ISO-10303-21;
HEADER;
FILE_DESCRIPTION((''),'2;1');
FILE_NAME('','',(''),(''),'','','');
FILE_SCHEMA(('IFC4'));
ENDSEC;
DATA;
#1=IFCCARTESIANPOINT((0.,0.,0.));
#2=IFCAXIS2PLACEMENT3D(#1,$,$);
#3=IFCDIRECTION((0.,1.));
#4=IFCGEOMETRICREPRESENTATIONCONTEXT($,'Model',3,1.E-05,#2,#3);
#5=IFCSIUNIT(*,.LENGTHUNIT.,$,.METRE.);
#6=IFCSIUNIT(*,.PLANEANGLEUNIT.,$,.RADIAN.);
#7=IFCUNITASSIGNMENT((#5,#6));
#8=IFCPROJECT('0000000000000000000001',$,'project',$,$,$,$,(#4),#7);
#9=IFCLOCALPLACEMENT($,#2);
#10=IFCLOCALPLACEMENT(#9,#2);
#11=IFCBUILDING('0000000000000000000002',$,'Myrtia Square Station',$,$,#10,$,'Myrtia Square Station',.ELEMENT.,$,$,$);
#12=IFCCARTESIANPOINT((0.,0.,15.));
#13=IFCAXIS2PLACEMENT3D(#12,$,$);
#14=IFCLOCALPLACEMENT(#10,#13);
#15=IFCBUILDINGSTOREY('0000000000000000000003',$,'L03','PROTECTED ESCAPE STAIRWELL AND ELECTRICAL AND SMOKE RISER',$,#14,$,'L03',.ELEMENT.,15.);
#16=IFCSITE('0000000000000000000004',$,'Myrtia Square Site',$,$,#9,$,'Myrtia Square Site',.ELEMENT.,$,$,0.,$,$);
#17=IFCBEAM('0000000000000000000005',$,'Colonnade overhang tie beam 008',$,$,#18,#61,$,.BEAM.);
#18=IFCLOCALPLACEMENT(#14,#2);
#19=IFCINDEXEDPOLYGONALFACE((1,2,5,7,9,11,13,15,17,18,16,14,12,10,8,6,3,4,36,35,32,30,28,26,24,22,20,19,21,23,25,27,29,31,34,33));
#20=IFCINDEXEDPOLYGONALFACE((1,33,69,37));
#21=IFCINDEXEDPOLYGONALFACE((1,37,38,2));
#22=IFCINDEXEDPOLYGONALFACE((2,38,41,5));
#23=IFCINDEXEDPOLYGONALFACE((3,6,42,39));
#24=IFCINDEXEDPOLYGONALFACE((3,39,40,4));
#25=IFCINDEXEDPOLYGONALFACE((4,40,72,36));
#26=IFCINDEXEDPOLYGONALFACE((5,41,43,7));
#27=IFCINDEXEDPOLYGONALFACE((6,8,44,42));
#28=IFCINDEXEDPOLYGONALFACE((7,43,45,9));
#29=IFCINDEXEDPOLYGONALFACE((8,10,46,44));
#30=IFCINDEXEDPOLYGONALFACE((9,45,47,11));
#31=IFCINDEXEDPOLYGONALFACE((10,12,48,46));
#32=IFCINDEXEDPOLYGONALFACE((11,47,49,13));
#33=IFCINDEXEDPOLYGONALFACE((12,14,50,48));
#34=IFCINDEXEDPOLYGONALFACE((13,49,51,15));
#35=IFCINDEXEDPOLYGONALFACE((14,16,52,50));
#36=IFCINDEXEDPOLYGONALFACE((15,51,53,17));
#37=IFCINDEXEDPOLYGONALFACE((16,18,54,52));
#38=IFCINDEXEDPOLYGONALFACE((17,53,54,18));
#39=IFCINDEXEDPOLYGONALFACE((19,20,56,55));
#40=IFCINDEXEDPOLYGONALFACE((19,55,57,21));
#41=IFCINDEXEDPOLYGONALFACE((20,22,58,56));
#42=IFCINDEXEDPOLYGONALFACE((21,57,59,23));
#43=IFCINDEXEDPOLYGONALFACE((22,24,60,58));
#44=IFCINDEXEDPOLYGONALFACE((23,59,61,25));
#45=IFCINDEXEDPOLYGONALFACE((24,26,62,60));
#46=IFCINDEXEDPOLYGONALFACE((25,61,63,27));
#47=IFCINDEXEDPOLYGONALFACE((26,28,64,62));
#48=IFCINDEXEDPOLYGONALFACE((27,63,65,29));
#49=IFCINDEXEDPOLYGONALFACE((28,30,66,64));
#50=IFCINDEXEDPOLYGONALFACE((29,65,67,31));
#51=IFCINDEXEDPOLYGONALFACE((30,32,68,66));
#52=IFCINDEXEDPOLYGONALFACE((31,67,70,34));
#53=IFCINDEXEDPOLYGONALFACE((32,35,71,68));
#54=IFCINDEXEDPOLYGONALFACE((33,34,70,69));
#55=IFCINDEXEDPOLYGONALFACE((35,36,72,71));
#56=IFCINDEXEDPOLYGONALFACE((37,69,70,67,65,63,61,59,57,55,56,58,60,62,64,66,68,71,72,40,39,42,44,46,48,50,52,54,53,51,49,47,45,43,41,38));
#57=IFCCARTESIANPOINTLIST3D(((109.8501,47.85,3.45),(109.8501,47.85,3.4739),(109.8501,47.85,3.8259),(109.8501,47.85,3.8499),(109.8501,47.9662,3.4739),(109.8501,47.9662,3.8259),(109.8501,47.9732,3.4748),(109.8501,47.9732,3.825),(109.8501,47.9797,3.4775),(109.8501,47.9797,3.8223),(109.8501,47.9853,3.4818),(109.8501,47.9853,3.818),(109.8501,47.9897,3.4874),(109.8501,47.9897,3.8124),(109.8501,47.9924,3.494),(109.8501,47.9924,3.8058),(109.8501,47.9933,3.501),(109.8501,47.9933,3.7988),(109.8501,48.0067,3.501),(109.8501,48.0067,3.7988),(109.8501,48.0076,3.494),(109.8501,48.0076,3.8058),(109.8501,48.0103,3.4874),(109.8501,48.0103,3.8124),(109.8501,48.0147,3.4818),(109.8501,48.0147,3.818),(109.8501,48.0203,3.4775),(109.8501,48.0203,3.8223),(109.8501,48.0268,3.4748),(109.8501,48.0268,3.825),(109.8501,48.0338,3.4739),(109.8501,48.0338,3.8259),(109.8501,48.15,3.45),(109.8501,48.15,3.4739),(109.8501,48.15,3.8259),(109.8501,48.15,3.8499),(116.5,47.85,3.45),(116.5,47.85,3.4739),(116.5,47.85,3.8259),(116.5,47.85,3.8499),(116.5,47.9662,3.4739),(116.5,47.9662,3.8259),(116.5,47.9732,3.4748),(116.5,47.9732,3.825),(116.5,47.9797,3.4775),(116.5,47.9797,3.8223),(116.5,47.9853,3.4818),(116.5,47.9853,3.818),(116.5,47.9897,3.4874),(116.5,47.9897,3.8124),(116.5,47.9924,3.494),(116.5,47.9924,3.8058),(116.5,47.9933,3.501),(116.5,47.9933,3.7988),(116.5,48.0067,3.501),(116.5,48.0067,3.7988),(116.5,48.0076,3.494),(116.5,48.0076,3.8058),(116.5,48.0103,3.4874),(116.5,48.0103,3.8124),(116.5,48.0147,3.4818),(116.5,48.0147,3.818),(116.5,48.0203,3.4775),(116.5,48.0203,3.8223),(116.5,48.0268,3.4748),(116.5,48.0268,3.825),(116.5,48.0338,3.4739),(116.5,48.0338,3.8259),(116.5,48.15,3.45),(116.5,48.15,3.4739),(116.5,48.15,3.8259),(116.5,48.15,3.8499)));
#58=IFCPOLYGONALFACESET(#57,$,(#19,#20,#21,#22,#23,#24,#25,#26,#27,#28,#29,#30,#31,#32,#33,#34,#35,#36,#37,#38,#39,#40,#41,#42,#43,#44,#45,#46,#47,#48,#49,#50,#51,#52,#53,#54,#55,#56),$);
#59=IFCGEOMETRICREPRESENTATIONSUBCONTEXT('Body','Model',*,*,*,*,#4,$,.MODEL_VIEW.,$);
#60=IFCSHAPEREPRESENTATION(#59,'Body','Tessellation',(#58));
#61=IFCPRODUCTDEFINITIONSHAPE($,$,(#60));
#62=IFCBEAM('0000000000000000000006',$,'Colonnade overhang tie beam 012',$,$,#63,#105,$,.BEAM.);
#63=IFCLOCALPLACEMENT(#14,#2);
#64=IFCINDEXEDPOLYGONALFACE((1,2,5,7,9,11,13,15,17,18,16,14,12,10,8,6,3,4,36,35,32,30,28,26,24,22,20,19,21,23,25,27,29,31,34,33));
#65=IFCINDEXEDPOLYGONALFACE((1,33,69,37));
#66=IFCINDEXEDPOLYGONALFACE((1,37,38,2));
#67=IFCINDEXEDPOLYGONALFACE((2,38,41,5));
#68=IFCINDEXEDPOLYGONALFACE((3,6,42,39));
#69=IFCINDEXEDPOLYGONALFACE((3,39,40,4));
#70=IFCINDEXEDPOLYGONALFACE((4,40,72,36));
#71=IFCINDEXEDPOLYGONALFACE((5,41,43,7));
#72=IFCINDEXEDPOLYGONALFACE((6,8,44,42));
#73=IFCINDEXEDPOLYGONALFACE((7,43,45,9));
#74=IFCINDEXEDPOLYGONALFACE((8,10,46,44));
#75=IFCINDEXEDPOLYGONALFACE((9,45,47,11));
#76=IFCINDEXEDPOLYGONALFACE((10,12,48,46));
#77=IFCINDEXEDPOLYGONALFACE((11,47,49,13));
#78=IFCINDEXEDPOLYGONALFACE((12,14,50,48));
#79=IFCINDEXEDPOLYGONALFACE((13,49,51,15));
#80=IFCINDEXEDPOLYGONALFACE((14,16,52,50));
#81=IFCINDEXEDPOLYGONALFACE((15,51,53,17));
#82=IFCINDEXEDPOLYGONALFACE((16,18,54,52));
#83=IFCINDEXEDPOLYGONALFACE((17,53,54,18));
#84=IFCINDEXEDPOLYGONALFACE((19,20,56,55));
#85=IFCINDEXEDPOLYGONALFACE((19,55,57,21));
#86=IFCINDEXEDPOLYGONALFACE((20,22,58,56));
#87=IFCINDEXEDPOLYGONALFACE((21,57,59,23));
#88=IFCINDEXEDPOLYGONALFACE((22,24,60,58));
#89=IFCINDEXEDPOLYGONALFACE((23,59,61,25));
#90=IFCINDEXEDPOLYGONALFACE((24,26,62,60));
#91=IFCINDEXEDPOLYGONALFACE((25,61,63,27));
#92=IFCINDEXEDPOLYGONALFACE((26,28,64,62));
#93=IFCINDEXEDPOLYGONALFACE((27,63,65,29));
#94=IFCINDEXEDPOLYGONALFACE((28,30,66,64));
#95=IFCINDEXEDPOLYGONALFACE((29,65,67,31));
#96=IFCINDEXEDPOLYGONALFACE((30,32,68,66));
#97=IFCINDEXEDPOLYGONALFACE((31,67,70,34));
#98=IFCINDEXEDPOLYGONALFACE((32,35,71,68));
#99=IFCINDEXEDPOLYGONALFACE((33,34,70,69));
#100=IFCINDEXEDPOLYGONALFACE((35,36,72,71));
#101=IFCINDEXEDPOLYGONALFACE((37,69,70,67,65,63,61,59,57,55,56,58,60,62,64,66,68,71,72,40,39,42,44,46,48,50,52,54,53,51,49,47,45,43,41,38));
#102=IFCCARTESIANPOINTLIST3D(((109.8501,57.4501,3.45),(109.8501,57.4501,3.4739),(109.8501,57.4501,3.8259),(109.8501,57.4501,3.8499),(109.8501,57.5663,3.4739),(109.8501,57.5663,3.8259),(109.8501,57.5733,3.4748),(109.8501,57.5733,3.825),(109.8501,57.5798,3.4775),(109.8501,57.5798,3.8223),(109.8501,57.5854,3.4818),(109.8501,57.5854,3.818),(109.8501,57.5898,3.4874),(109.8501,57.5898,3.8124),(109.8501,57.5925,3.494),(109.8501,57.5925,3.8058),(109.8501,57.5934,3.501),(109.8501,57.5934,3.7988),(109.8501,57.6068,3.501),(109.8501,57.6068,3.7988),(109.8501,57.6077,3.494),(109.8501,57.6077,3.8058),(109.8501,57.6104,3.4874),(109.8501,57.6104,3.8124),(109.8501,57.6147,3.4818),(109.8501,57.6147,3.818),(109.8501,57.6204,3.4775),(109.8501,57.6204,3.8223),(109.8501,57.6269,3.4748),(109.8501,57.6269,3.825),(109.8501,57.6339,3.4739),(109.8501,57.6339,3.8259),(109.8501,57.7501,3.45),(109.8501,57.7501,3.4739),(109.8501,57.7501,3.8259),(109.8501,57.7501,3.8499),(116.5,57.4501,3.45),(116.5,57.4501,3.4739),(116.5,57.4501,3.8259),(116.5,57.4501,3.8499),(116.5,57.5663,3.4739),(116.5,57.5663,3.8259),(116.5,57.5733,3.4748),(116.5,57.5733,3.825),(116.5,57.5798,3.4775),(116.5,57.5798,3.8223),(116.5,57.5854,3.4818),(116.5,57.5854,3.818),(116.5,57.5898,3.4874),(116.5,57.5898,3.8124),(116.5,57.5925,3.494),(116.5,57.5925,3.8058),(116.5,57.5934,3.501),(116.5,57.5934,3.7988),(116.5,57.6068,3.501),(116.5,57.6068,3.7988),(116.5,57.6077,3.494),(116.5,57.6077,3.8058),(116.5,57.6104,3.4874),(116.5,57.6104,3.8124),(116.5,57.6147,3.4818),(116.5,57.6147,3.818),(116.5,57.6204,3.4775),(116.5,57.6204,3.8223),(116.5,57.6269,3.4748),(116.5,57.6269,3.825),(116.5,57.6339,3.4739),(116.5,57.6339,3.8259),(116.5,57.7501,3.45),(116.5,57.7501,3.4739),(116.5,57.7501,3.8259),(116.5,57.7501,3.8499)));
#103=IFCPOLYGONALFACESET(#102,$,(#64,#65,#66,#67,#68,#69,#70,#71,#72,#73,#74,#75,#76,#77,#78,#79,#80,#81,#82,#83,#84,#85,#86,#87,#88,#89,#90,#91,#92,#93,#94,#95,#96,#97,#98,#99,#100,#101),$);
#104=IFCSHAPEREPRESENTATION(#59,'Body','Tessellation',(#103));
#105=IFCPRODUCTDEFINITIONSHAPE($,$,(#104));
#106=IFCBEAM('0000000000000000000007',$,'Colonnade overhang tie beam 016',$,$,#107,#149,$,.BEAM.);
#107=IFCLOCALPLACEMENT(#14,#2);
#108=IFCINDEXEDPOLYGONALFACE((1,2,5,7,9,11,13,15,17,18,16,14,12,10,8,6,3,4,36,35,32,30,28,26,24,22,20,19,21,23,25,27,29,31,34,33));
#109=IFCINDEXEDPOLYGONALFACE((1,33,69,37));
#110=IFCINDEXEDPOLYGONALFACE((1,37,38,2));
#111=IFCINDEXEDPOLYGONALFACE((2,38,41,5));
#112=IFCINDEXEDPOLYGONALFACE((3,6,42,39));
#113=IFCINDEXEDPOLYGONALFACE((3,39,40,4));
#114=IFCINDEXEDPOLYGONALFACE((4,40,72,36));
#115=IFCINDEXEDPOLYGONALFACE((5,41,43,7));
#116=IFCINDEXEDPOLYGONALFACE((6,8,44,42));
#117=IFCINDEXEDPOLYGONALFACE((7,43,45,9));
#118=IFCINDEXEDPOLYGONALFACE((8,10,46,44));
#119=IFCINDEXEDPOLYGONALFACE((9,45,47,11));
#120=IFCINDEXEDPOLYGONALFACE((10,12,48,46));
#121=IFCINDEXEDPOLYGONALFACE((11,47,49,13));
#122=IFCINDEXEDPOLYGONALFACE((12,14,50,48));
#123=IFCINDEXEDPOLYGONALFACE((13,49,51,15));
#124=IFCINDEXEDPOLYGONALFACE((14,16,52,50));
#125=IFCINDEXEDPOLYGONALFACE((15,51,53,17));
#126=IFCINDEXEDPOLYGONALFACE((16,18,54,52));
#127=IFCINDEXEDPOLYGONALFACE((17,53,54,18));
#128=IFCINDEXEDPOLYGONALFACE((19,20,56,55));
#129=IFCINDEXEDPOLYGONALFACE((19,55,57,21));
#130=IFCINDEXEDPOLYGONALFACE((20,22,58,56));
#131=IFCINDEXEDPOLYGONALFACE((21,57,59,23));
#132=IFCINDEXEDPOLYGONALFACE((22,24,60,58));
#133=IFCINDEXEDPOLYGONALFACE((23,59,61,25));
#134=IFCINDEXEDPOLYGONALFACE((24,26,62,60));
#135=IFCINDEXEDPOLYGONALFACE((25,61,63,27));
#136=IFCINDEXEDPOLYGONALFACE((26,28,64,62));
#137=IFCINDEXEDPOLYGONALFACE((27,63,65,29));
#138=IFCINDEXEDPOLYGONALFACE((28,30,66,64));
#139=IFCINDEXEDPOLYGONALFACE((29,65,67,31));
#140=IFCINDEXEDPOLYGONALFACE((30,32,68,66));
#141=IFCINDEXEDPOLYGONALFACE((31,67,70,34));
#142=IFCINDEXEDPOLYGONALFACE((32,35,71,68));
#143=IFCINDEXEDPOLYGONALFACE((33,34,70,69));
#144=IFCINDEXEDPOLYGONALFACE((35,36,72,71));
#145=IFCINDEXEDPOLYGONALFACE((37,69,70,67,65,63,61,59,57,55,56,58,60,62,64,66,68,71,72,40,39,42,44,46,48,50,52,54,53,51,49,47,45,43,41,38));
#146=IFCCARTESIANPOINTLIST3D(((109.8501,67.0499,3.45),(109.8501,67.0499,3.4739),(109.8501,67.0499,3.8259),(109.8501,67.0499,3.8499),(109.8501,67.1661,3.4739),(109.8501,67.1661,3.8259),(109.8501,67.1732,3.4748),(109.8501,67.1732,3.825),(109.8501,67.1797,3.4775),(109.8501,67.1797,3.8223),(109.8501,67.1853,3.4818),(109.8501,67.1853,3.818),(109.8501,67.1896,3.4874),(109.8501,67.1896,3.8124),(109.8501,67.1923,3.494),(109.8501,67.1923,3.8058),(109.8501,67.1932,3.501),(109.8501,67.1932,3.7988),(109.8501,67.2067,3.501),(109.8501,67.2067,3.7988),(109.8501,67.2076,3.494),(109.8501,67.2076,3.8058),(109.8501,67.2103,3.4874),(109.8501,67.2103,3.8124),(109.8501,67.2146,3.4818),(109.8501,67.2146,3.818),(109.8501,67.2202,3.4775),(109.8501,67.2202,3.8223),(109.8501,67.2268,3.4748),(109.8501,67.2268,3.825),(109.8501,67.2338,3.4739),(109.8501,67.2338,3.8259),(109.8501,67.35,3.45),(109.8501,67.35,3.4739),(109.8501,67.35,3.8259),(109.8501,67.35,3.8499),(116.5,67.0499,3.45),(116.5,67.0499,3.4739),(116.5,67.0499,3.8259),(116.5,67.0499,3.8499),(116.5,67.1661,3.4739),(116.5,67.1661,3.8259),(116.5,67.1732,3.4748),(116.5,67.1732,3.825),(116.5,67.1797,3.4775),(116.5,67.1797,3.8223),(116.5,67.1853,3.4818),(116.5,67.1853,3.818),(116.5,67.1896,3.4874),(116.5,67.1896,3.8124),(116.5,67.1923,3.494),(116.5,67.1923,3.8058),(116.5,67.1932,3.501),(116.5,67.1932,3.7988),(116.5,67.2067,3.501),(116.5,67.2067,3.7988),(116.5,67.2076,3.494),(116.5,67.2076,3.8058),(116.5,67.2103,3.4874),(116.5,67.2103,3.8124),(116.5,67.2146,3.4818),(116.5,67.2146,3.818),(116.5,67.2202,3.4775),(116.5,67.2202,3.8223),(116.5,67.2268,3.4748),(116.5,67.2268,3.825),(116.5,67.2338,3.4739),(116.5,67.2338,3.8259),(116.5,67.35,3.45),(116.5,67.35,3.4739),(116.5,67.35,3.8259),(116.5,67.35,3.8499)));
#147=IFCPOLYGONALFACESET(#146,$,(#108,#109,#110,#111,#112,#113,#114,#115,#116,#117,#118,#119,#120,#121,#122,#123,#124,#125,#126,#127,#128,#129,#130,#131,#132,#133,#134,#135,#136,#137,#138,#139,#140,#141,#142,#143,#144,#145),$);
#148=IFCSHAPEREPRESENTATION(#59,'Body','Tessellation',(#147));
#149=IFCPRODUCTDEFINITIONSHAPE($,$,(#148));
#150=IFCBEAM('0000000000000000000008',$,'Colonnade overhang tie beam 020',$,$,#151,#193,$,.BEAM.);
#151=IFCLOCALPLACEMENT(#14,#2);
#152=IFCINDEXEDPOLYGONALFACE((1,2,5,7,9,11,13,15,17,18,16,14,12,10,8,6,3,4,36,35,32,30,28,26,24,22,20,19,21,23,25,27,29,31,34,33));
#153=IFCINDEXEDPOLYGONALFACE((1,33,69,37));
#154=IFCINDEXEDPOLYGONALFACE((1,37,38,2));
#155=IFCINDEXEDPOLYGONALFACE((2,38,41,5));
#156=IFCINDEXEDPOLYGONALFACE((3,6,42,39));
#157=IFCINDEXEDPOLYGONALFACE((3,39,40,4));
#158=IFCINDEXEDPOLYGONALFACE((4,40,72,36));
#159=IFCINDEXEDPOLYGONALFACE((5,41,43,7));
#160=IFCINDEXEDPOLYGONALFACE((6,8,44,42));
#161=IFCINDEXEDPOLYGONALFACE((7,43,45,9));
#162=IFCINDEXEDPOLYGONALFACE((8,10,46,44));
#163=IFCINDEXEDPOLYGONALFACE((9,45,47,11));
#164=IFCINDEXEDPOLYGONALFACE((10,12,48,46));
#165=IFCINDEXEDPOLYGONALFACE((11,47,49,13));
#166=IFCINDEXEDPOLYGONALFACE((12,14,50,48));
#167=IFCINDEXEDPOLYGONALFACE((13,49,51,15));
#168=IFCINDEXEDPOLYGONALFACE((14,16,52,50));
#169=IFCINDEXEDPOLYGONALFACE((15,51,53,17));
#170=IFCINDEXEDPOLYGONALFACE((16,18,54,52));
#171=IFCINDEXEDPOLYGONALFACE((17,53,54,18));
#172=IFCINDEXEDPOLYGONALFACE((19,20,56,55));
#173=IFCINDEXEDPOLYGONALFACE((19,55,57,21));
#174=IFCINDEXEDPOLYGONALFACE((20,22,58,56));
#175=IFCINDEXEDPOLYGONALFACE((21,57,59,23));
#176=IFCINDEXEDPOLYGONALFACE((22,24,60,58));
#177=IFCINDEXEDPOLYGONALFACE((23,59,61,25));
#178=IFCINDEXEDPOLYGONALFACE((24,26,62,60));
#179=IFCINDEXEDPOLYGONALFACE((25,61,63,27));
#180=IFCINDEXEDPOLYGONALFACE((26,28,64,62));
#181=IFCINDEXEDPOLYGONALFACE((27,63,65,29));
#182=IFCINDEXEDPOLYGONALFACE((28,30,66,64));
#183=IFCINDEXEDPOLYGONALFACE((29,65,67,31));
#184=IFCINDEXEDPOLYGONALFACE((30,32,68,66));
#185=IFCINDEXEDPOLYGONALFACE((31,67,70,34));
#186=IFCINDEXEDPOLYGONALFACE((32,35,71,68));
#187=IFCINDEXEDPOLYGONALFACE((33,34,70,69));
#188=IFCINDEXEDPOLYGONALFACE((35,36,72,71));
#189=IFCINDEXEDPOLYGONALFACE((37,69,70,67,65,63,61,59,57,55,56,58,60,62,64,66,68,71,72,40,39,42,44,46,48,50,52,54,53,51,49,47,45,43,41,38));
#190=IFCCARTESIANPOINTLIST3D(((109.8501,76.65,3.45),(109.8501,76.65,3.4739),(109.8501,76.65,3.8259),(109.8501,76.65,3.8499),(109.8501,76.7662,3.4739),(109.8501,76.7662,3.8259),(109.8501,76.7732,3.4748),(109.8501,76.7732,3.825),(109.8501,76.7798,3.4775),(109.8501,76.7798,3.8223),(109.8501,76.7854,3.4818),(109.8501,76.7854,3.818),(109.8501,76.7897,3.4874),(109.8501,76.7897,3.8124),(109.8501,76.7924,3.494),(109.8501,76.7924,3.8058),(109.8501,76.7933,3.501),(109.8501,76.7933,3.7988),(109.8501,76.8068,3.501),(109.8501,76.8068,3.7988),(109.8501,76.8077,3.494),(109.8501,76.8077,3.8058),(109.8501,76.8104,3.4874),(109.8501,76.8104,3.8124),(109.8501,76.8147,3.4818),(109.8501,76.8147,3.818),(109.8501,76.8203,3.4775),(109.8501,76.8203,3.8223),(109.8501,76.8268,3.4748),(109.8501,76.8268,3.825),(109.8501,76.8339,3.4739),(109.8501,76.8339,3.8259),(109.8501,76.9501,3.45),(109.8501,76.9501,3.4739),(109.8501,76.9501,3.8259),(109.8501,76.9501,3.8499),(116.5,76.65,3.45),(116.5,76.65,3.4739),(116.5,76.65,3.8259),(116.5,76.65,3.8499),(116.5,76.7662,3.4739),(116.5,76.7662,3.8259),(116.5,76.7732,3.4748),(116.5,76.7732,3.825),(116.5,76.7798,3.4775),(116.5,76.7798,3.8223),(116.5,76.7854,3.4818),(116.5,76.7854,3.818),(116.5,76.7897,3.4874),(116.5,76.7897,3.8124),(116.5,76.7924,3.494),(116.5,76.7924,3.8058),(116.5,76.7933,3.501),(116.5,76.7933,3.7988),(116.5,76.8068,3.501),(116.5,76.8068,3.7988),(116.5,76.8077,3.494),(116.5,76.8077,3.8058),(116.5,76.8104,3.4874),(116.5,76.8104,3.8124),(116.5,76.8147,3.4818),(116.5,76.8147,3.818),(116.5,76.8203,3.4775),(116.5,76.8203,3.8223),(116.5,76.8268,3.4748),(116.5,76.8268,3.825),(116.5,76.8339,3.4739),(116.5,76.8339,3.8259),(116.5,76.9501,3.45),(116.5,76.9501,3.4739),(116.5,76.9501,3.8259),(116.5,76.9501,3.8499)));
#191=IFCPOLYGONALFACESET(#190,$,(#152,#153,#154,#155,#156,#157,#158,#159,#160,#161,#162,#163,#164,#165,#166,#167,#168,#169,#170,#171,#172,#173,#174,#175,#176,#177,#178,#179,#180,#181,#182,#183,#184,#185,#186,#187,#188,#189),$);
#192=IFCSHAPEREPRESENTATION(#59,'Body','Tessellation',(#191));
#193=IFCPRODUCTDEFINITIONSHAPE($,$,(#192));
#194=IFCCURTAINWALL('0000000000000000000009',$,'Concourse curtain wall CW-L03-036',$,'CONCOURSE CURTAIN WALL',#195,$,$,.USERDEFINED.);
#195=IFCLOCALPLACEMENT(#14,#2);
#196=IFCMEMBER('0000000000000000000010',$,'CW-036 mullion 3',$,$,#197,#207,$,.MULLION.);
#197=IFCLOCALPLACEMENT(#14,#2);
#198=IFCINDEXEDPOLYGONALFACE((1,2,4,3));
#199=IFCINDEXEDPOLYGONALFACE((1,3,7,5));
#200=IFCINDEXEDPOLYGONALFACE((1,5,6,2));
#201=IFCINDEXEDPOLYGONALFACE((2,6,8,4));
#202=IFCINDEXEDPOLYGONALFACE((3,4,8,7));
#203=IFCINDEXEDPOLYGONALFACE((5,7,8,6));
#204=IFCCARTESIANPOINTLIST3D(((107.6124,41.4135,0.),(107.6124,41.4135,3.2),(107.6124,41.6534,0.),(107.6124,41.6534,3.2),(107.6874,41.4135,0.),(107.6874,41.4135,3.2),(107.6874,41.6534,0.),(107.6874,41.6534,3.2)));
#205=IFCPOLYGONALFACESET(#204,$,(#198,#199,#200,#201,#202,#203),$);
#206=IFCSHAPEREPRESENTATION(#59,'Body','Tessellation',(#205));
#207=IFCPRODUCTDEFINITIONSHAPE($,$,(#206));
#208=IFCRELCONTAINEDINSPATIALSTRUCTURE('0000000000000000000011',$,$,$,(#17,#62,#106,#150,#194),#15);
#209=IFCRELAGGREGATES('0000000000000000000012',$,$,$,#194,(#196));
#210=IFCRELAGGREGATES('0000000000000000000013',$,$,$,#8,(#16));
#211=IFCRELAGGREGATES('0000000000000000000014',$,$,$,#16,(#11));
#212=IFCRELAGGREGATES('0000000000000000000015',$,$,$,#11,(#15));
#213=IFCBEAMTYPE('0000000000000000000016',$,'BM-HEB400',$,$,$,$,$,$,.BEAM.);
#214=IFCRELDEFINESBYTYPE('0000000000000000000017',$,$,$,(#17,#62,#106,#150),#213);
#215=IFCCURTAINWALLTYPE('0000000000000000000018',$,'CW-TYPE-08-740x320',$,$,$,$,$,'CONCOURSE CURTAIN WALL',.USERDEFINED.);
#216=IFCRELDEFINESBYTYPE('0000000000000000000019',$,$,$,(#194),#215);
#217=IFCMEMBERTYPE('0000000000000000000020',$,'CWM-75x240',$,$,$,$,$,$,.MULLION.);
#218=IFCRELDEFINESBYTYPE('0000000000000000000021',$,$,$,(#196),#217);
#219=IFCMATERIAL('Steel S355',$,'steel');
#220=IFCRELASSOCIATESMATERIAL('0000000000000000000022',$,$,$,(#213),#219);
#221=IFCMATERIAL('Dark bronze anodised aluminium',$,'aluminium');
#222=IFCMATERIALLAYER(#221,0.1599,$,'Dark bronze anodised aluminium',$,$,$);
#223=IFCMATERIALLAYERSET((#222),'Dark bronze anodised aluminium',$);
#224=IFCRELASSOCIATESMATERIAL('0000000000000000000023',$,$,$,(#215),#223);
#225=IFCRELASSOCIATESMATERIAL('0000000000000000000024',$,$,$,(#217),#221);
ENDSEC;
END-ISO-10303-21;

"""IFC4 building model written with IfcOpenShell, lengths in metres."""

from ifc_helpers import new_model, si_unit, direction, frame, origin, origin_2d, place, context, subcontext, project, spatial, rectangle, i_section, extrude, material, layer, layer_set, material_profile, profile_set, type_object, element, aggregate, save


model = new_model("IFC4")

# Units and contexts
model_context = context("Model", 3, precision=1e-05, world=origin(), true_north=direction((0.0, 1.0)))
body_context = subcontext(model_context, "Body", "Model", "MODEL_VIEW")
ifc_project = project(units=[si_unit("LENGTHUNIT", "METRE"), si_unit("PLANEANGLEUNIT", "RADIAN")], contexts=[model_context])

# Site, building, storey
site_placement = place(None, origin())
site = spatial("IfcSite", under=ifc_project, at=site_placement, Name="Myrtia Square Site", LongName="Myrtia Square Site", CompositionType="ELEMENT", RefElevation=0.0)
building_placement = place(site_placement, origin())
building = spatial("IfcBuilding", under=site, at=building_placement, Name="Myrtia Square Station", LongName="Myrtia Square Station", CompositionType="ELEMENT")
storey_placement = place(building_placement, frame((0.0, 0.0, 15.0)))
storey = spatial("IfcBuildingStorey", under=building, at=storey_placement, Name="L03", Description="PROTECTED ESCAPE STAIRWELL AND ELECTRICAL AND SMOKE RISER", LongName="L03", CompositionType="ELEMENT", Elevation=15.0)

# Shared definitions
ifc_material_1 = material(Name="Steel S355", Category="steel")

# Beams
ifc_material_profile_1 = material_profile(ifc_material_1, i_section(OverallWidth=0.3, OverallDepth=0.3999, WebThickness=0.0134, FlangeThickness=0.0239, FilletRadius=0.0271, at=origin_2d()), Name="HEB 400")
ifc_profile_set_1 = profile_set([ifc_material_profile_1], Name="Steel S355")
beam_type = type_object("IfcBeamType", Name="BM-HEB400", PredefinedType="BEAM", material=ifc_profile_set_1)
for number, where, z_axis, x_axis, name in (
    (1, (109.8501, 48.0, 3.6499), (1.0, 0.0, 0.0), (0.0, 1.0, 0.0), "Colonnade overhang tie beam 008"),
    (2, (109.8501, 57.6001, 3.6499), (1.0, 0.0, 0.0), (0.0, 1.0, 0.0), "Colonnade overhang tie beam 012"),
    (3, (109.8501, 67.2, 3.6499), (1.0, 0.0, 0.0), (0.0, 1.0, 0.0), "Colonnade overhang tie beam 016"),
    (4, (109.8501, 76.8, 3.6499), (1.0, 0.0, 0.0), (0.0, 1.0, 0.0), "Colonnade overhang tie beam 020"),
):
    element("IfcBeam", number, at=place(storey_placement, frame(where, z_axis=z_axis, x_axis=x_axis)), inside=storey, type_object=beam_type, Name=name, PredefinedType="BEAM", context=body_context, shape_type="SweptSolid", body=[
        extrude(i_section(OverallWidth=0.3, OverallDepth=0.3999, WebThickness=0.0134, FlangeThickness=0.0239, FilletRadius=0.0271, at=origin_2d()), origin(), (0.0, 0.0, 1.0), 6.6499),
    ])

# Curtain wall, member
ifc_material_2 = material(Name="Dark bronze anodised aluminium", Category="aluminium")
ifc_layer_1 = layer(ifc_material_2, 0.1599, Name="Dark bronze anodised aluminium")
ifc_layer_set_1 = layer_set([ifc_layer_1], Name="Dark bronze anodised aluminium")
curtain_wall_type = type_object("IfcCurtainWallType", Name="CW-TYPE-08-740x320", ElementType="CONCOURSE CURTAIN WALL", PredefinedType="USERDEFINED", material=ifc_layer_set_1)
curtain_wall_1_placement = place(storey_placement, origin())
curtain_wall_1 = element("IfcCurtainWall", 5, at=curtain_wall_1_placement, inside=storey, type_object=curtain_wall_type, Name="Concourse curtain wall CW-L03-036", ObjectType="CONCOURSE CURTAIN WALL", PredefinedType="USERDEFINED")
ifc_material_profile_2 = material_profile(ifc_material_2, rectangle(XDim=0.075, YDim=0.24, at=origin_2d()), Name="ALU-M 75x240")
ifc_profile_set_2 = profile_set([ifc_material_profile_2], Name="Dark bronze anodised aluminium")
member_type_1 = type_object("IfcMemberType", Name="CWM-75x240", PredefinedType="MULLION", material=ifc_profile_set_2)
member_1_placement = place(storey_placement, frame((107.6499, 41.5334, 0.0), z_axis=(0.0, 0.0, 1.0), x_axis=(-1.0, 0.0, 0.0)))
member_1 = element("IfcMember", 6, at=member_1_placement, type_object=member_type_1, Name="CW-036 mullion 3", PredefinedType="MULLION", context=body_context, shape_type="SweptSolid", body=[
    extrude(rectangle(XDim=0.075, YDim=0.24, at=origin_2d()), origin(), (0.0, 0.0, 1.0), 3.2),
])

aggregate(curtain_wall_1, [member_1])

save(model, "model.ifc")
